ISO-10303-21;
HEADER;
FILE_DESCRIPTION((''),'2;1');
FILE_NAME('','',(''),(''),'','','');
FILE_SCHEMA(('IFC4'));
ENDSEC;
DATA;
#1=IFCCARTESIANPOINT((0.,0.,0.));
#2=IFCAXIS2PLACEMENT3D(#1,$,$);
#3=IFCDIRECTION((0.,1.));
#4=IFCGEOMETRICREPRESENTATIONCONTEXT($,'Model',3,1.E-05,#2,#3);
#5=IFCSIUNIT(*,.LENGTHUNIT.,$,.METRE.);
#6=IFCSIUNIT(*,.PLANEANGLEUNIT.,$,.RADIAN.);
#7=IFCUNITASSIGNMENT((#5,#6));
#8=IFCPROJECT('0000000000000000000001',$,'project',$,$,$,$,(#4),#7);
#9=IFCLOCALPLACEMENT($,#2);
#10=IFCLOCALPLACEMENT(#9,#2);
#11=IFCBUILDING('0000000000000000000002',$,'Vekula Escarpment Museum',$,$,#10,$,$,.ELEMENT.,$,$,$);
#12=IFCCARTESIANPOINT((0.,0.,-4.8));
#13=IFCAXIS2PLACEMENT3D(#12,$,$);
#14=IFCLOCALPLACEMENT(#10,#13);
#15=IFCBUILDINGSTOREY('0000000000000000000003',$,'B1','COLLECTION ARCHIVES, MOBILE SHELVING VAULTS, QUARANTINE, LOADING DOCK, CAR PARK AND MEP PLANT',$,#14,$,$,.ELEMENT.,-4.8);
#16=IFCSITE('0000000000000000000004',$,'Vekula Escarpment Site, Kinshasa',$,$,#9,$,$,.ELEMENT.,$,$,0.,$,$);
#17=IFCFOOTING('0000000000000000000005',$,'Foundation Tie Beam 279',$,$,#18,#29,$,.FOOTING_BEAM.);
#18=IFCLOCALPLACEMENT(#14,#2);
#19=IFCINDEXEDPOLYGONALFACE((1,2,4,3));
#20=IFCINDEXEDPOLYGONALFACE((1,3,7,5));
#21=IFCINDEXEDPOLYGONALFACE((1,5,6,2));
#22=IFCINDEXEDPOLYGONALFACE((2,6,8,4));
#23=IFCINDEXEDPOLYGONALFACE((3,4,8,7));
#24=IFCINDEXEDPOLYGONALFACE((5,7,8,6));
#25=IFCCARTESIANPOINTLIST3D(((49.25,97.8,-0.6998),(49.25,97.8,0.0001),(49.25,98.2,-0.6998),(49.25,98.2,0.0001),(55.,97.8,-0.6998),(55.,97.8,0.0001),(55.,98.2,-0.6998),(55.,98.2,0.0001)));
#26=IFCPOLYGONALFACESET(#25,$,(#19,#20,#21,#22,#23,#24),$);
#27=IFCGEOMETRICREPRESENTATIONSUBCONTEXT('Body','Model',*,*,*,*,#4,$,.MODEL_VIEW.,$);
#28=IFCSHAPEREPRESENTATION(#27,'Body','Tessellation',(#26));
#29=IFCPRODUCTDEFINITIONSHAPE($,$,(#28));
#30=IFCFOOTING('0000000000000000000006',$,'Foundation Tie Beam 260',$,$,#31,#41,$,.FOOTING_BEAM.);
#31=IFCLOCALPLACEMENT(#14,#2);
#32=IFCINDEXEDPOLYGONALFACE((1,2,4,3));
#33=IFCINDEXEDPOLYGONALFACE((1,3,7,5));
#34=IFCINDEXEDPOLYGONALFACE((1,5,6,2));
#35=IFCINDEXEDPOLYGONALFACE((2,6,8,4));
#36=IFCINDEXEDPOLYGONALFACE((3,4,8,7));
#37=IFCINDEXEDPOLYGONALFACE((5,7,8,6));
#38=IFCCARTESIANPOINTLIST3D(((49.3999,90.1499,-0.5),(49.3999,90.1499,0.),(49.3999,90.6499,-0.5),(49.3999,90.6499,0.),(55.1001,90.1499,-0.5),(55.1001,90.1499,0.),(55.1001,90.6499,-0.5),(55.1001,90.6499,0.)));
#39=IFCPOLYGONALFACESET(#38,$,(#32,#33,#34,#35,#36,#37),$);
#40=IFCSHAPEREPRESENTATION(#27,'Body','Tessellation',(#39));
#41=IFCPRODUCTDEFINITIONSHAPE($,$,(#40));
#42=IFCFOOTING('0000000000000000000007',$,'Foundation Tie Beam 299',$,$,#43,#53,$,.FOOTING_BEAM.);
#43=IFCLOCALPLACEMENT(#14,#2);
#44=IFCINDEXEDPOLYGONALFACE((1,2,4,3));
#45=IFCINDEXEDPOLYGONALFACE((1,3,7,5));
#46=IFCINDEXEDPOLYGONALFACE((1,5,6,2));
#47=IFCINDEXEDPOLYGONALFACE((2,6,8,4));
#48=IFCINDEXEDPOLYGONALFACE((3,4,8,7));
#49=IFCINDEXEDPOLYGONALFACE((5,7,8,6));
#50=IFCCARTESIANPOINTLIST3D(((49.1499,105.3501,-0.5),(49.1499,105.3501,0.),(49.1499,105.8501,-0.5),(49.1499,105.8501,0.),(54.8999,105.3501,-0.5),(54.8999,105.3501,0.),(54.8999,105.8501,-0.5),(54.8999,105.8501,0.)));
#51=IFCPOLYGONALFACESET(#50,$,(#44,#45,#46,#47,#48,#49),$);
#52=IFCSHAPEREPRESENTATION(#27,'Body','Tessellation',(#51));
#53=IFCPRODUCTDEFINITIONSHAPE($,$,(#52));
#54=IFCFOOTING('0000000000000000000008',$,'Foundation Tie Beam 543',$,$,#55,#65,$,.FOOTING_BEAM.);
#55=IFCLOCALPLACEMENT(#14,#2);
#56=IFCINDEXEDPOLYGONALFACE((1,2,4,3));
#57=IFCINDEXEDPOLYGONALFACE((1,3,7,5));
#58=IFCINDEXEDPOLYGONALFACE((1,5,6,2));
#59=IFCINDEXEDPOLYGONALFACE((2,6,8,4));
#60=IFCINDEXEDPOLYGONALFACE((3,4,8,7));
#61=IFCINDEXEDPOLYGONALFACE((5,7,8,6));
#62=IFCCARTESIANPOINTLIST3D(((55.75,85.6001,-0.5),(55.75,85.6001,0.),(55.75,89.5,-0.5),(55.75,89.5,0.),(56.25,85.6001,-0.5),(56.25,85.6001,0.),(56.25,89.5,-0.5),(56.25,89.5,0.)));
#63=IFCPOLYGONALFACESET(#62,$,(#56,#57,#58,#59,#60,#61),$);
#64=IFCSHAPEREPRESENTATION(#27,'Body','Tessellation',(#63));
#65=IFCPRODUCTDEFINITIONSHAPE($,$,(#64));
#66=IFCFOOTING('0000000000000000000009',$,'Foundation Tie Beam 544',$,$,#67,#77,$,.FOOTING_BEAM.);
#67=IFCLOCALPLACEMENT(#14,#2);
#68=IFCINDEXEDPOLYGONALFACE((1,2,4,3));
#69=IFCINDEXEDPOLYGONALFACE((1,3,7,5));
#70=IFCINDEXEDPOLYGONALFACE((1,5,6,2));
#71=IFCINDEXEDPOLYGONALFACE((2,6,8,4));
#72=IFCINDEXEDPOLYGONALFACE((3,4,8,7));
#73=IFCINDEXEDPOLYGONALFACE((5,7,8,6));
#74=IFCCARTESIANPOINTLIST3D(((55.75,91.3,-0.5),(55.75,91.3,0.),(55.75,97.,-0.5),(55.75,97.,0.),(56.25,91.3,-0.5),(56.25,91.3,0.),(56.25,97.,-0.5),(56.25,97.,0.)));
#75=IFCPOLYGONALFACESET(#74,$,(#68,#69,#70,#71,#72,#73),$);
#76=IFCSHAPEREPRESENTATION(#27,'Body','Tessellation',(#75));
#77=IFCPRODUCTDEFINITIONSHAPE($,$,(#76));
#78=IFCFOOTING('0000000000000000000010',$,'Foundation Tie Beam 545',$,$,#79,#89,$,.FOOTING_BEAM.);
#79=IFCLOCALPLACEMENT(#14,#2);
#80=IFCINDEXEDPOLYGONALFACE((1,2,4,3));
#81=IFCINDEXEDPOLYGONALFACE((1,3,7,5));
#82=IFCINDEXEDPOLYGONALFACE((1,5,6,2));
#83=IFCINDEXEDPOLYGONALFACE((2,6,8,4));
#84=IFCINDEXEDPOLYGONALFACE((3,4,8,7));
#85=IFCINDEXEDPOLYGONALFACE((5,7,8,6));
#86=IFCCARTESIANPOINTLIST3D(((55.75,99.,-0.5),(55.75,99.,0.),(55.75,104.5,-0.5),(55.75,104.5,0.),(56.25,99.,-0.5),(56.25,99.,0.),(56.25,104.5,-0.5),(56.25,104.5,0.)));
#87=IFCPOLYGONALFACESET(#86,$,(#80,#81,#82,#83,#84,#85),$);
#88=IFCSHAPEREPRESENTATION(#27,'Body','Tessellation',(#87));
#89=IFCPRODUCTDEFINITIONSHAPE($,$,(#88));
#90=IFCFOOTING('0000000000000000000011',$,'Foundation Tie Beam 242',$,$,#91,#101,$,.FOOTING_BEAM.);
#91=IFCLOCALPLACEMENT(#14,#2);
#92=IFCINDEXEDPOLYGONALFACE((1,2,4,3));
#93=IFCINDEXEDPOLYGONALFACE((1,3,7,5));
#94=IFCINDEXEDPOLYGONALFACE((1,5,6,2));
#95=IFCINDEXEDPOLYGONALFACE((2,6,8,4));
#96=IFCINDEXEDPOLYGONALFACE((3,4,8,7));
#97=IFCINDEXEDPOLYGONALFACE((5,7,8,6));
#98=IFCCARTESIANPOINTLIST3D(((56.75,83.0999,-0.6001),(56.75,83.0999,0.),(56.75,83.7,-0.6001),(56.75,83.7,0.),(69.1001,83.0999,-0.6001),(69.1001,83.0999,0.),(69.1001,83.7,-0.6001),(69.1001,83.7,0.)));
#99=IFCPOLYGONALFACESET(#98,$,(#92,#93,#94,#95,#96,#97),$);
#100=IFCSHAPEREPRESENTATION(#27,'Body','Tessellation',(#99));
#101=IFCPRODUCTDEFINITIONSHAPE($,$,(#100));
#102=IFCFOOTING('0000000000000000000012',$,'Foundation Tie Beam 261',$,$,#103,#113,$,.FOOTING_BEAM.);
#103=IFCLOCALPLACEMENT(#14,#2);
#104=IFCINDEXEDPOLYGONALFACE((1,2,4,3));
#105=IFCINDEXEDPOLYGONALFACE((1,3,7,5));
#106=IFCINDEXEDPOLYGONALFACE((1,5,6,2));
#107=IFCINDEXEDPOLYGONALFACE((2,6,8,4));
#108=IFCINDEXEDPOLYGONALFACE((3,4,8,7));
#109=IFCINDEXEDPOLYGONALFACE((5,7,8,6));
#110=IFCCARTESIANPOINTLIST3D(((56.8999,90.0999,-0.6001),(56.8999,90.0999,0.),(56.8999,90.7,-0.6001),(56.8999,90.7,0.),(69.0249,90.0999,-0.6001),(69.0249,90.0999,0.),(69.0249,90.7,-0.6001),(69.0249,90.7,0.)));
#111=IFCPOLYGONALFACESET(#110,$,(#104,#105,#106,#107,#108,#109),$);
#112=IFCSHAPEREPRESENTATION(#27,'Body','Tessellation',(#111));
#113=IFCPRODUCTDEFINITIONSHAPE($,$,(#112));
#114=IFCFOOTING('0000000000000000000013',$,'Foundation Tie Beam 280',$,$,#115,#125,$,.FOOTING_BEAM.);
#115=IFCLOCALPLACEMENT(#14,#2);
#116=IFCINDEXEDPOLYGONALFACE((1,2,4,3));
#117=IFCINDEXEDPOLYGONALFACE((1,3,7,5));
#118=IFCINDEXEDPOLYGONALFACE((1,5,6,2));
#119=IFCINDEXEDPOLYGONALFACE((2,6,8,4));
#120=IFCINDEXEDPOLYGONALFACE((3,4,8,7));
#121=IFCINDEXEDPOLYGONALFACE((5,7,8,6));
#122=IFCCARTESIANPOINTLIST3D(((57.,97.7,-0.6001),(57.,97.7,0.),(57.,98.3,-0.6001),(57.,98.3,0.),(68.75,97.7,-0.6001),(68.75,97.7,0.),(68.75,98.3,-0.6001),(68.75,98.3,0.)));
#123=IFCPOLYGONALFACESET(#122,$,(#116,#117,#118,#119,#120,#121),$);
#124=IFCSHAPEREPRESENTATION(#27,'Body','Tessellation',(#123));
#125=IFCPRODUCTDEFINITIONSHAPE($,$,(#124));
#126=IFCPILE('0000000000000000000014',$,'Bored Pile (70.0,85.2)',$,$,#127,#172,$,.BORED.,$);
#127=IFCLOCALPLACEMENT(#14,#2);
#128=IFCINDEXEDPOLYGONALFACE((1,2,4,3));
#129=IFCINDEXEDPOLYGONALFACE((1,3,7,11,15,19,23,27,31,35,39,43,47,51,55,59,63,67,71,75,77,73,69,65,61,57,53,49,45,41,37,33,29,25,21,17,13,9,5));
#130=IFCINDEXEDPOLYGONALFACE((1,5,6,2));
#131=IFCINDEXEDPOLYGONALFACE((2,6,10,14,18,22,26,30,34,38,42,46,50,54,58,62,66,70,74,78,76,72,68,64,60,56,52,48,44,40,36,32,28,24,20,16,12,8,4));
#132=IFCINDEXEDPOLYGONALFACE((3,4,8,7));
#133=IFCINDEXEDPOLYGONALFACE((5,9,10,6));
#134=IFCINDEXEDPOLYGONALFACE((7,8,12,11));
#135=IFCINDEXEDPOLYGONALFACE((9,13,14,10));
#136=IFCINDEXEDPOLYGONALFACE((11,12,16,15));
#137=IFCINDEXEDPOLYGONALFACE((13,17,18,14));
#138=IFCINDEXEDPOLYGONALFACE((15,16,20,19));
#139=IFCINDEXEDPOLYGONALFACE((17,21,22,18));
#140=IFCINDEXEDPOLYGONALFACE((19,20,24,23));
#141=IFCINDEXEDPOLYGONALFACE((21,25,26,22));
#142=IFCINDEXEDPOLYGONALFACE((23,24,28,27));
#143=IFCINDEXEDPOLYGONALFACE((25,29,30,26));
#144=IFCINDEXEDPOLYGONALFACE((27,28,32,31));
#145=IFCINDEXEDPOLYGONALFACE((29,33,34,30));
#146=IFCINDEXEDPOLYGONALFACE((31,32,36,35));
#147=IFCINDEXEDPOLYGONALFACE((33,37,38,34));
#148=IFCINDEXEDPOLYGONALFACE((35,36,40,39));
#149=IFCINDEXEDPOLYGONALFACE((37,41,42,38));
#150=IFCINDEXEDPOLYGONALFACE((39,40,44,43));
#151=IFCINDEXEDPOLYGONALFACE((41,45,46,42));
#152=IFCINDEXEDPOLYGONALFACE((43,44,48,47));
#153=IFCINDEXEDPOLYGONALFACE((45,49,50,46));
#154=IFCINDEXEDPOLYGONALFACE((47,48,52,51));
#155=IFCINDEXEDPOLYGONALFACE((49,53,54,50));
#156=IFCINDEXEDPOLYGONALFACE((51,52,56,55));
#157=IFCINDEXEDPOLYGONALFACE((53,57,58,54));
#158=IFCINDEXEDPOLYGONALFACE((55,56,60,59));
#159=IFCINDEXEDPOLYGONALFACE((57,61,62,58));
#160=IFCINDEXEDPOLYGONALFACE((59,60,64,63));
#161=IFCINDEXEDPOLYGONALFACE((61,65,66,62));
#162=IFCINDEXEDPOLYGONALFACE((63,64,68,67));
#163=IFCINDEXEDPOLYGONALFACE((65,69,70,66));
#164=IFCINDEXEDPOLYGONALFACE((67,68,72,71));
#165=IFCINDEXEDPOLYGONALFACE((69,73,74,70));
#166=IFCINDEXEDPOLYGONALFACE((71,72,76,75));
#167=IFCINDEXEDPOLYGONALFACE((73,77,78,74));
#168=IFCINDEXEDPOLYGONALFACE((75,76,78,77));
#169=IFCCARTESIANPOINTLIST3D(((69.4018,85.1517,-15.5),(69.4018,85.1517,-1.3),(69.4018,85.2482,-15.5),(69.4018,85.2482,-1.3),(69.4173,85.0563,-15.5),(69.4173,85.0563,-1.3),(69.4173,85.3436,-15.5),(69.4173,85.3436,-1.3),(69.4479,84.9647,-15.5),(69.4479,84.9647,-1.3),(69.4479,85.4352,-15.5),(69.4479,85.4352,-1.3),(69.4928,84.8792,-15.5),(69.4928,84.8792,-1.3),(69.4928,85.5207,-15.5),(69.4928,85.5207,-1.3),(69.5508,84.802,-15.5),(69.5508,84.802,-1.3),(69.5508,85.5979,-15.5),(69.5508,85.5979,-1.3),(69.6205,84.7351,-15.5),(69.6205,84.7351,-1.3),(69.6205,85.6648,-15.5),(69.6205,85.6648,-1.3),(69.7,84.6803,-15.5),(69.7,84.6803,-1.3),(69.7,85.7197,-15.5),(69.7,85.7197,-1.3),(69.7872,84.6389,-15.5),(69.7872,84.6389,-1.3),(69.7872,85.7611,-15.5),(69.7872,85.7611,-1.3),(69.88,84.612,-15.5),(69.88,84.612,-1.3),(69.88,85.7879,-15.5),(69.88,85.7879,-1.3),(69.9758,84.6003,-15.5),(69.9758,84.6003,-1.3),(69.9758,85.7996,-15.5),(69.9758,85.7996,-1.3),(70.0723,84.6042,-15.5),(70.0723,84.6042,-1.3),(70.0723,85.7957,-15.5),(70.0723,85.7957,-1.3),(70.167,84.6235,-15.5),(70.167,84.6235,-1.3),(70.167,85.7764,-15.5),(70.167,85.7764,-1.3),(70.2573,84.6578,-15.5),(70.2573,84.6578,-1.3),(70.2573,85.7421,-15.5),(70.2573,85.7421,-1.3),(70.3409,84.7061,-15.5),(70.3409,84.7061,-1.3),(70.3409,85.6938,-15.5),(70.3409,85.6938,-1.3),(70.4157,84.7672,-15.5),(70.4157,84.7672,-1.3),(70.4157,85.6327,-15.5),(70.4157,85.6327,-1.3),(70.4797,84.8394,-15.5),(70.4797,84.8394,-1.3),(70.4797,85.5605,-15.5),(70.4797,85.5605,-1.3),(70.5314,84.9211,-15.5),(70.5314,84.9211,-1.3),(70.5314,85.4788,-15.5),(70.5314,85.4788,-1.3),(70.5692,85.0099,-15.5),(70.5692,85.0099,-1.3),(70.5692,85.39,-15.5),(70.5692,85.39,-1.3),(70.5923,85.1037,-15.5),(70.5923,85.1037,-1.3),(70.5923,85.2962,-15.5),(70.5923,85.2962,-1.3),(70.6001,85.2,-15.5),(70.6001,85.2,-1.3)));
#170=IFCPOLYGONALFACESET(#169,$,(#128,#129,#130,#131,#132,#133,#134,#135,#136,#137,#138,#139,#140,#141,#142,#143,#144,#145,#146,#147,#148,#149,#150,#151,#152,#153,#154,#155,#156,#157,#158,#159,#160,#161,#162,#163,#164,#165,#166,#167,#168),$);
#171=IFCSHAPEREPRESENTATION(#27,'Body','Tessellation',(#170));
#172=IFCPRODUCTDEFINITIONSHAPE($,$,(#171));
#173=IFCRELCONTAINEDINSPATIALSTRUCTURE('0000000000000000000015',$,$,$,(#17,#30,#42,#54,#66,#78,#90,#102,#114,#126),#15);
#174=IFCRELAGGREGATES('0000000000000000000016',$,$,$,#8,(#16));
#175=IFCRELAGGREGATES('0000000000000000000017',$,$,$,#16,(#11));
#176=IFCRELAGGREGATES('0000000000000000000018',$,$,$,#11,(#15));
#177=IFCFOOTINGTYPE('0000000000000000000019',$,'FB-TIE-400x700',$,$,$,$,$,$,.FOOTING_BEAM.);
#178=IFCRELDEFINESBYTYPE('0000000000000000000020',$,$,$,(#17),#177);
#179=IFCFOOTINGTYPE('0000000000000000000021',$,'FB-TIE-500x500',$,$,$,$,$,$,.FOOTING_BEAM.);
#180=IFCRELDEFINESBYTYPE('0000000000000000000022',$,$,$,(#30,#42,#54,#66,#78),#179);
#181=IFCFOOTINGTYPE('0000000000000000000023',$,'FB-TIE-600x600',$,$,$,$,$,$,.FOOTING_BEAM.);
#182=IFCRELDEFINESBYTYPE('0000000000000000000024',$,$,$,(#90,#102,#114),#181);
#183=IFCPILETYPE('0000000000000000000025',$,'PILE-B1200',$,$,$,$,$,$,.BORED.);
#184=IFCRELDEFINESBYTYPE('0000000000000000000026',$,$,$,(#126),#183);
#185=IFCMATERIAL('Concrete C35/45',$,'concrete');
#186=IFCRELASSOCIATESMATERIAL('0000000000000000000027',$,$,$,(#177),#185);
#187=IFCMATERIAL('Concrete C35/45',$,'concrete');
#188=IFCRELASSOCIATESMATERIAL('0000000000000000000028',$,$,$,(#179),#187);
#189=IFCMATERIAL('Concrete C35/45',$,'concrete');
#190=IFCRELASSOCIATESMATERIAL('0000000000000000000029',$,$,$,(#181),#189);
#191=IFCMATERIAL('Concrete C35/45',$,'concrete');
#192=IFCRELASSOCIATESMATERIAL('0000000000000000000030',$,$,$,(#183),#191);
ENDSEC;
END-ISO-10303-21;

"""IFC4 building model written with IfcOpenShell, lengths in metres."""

from ifc_helpers import new_model, si_unit, direction, frame, origin, origin_2d, place, context, subcontext, project, spatial, rectangle, circle, extrude, material, material_profile, profile_set, type_object, element, save


model = new_model("IFC4")

# Units and contexts
model_context = context("Model", 3, precision=1e-05, world=origin(), true_north=direction((0.0, 1.0)))
body_context = subcontext(model_context, "Body", "Model", "MODEL_VIEW")
ifc_project = project(units=[si_unit("LENGTHUNIT", "METRE"), si_unit("PLANEANGLEUNIT", "RADIAN")], contexts=[model_context])

# Site, building, storey
site_placement = place(None, origin())
site = spatial("IfcSite", under=ifc_project, at=site_placement, Name="Vekula Escarpment Site, Kinshasa", CompositionType="ELEMENT", RefElevation=0.0)
building_placement = place(site_placement, origin())
building = spatial("IfcBuilding", under=site, at=building_placement, Name="Vekula Escarpment Museum", CompositionType="ELEMENT")
storey_placement = place(building_placement, frame((0.0, 0.0, -4.8)))
storey = spatial("IfcBuildingStorey", under=building, at=storey_placement, Name="B1", Description="COLLECTION ARCHIVES, MOBILE SHELVING VAULTS, QUARANTINE, LOADING DOCK, CAR PARK AND MEP PLANT", CompositionType="ELEMENT", Elevation=-4.8)

# Footings
ifc_material_1 = material(Name="Concrete C35/45", Category="concrete")
ifc_material_profile_1 = material_profile(ifc_material_1, rectangle(XDim=0.3999, YDim=0.7, at=origin_2d()), Name="RC 400x700")
ifc_profile_set_1 = profile_set([ifc_material_profile_1], Name="Concrete C35/45")
footing_type_1 = type_object("IfcFootingType", Name="FB-TIE-400x700", PredefinedType="FOOTING_BEAM", material=ifc_profile_set_1)
footing_1_placement = place(storey_placement, frame((49.25, 98.0, -0.3499), z_axis=(1.0, 0.0, 0.0), x_axis=(0.0, 1.0, 0.0)))
element("IfcFooting", 1, at=footing_1_placement, inside=storey, type_object=footing_type_1, Name="Foundation Tie Beam 279", PredefinedType="FOOTING_BEAM", context=body_context, shape_type="SweptSolid", body=[
    extrude(rectangle(XDim=0.3999, YDim=0.7, at=origin_2d()), origin(), (0.0, 0.0, 1.0), 5.75),
])
ifc_material_2 = material(Name="Concrete C35/45", Category="concrete")
ifc_material_profile_2 = material_profile(ifc_material_2, rectangle(XDim=0.5, YDim=0.5, at=origin_2d()), Name="RC 500x500")
ifc_profile_set_2 = profile_set([ifc_material_profile_2], Name="Concrete C35/45")
footing_type_2 = type_object("IfcFootingType", Name="FB-TIE-500x500", PredefinedType="FOOTING_BEAM", material=ifc_profile_set_2)
footing_2_placement = place(storey_placement, frame((49.3999, 90.3999, -0.25), z_axis=(1.0, 0.0, 0.0), x_axis=(0.0, 1.0, 0.0)))
element("IfcFooting", 2, at=footing_2_placement, inside=storey, type_object=footing_type_2, Name="Foundation Tie Beam 260", PredefinedType="FOOTING_BEAM", context=body_context, shape_type="SweptSolid", body=[
    extrude(rectangle(XDim=0.5, YDim=0.5, at=origin_2d()), origin(), (0.0, 0.0, 1.0), 5.7002),
])
footing_3_placement = place(storey_placement, frame((49.1499, 105.6001, -0.25), z_axis=(1.0, 0.0, 0.0), x_axis=(0.0, 1.0, 0.0)))
element("IfcFooting", 3, at=footing_3_placement, inside=storey, type_object=footing_type_2, Name="Foundation Tie Beam 299", PredefinedType="FOOTING_BEAM", context=body_context, shape_type="SweptSolid", body=[
    extrude(rectangle(XDim=0.5, YDim=0.5, at=origin_2d()), origin(), (0.0, 0.0, 1.0), 5.75),
])
footing_4_placement = place(storey_placement, frame((56.0, 85.6001, -0.25), z_axis=(0.0, 1.0, 0.0), x_axis=(-1.0, 0.0, 0.0)))
element("IfcFooting", 4, at=footing_4_placement, inside=storey, type_object=footing_type_2, Name="Foundation Tie Beam 543", PredefinedType="FOOTING_BEAM", context=body_context, shape_type="SweptSolid", body=[
    extrude(rectangle(XDim=0.5, YDim=0.5, at=origin_2d()), origin(), (0.0, 0.0, 1.0), 3.8999),
])
footing_5_placement = place(storey_placement, frame((56.0, 91.3, -0.25), z_axis=(0.0, 1.0, 0.0), x_axis=(-1.0, 0.0, 0.0)))
element("IfcFooting", 5, at=footing_5_placement, inside=storey, type_object=footing_type_2, Name="Foundation Tie Beam 544", PredefinedType="FOOTING_BEAM", context=body_context, shape_type="SweptSolid", body=[
    extrude(rectangle(XDim=0.5, YDim=0.5, at=origin_2d()), origin(), (0.0, 0.0, 1.0), 5.7),
])
footing_6_placement = place(storey_placement, frame((56.0, 99.0, -0.25), z_axis=(0.0, 1.0, 0.0), x_axis=(-1.0, 0.0, 0.0)))
element("IfcFooting", 6, at=footing_6_placement, inside=storey, type_object=footing_type_2, Name="Foundation Tie Beam 545", PredefinedType="FOOTING_BEAM", context=body_context, shape_type="SweptSolid", body=[
    extrude(rectangle(XDim=0.5, YDim=0.5, at=origin_2d()), origin(), (0.0, 0.0, 1.0), 5.5),
])
ifc_material_3 = material(Name="Concrete C35/45", Category="concrete")
ifc_material_profile_3 = material_profile(ifc_material_3, rectangle(XDim=0.6001, YDim=0.6001, at=origin_2d()), Name="RC 600x600")
ifc_profile_set_3 = profile_set([ifc_material_profile_3], Name="Concrete C35/45")
footing_type_3 = type_object("IfcFootingType", Name="FB-TIE-600x600", PredefinedType="FOOTING_BEAM", material=ifc_profile_set_3)
footing_7_placement = place(storey_placement, frame((56.75, 83.3999, -0.3), z_axis=(1.0, 0.0, 0.0), x_axis=(0.0, 1.0, 0.0)))
element("IfcFooting", 7, at=footing_7_placement, inside=storey, type_object=footing_type_3, Name="Foundation Tie Beam 242", PredefinedType="FOOTING_BEAM", context=body_context, shape_type="SweptSolid", body=[
    extrude(rectangle(XDim=0.6001, YDim=0.6001, at=origin_2d()), origin(), (0.0, 0.0, 1.0), 12.3501),
])
footing_8_placement = place(storey_placement, frame((56.8999, 90.3999, -0.3), z_axis=(1.0, 0.0, 0.0), x_axis=(0.0, 1.0, 0.0)))
element("IfcFooting", 8, at=footing_8_placement, inside=storey, type_object=footing_type_3, Name="Foundation Tie Beam 261", PredefinedType="FOOTING_BEAM", context=body_context, shape_type="SweptSolid", body=[
    extrude(rectangle(XDim=0.6001, YDim=0.6001, at=origin_2d()), origin(), (0.0, 0.0, 1.0), 12.125),
])
footing_9_placement = place(storey_placement, frame((57.0, 98.0, -0.3), z_axis=(1.0, 0.0, 0.0), x_axis=(0.0, 1.0, 0.0)))
element("IfcFooting", 9, at=footing_9_placement, inside=storey, type_object=footing_type_3, Name="Foundation Tie Beam 280", PredefinedType="FOOTING_BEAM", context=body_context, shape_type="SweptSolid", body=[
    extrude(rectangle(XDim=0.6001, YDim=0.6001, at=origin_2d()), origin(), (0.0, 0.0, 1.0), 11.75),
])

# Pile
ifc_material_4 = material(Name="Concrete C35/45", Category="concrete")
ifc_material_profile_4 = material_profile(ifc_material_4, circle(Radius=0.6001, at=origin_2d()), Name="BORED PILE 1200")
ifc_profile_set_4 = profile_set([ifc_material_profile_4], Name="Concrete C35/45")
pile_type_1 = type_object("IfcPileType", Name="PILE-B1200", PredefinedType="BORED", material=ifc_profile_set_4)
pile_1_placement = place(storey_placement, frame((70.0, 85.2, -1.3), z_axis=(0.0, 0.0, -1.0), x_axis=(1.0, 0.0, 0.0)))
element("IfcPile", 10, at=pile_1_placement, inside=storey, type_object=pile_type_1, Name="Bored Pile (70.0,85.2)", PredefinedType="BORED", context=body_context, shape_type="SweptSolid", body=[
    extrude(circle(Radius=0.6001, at=origin_2d()), origin(), (0.0, 0.0, 1.0), 14.2),
])

save(model, "model.ifc")
